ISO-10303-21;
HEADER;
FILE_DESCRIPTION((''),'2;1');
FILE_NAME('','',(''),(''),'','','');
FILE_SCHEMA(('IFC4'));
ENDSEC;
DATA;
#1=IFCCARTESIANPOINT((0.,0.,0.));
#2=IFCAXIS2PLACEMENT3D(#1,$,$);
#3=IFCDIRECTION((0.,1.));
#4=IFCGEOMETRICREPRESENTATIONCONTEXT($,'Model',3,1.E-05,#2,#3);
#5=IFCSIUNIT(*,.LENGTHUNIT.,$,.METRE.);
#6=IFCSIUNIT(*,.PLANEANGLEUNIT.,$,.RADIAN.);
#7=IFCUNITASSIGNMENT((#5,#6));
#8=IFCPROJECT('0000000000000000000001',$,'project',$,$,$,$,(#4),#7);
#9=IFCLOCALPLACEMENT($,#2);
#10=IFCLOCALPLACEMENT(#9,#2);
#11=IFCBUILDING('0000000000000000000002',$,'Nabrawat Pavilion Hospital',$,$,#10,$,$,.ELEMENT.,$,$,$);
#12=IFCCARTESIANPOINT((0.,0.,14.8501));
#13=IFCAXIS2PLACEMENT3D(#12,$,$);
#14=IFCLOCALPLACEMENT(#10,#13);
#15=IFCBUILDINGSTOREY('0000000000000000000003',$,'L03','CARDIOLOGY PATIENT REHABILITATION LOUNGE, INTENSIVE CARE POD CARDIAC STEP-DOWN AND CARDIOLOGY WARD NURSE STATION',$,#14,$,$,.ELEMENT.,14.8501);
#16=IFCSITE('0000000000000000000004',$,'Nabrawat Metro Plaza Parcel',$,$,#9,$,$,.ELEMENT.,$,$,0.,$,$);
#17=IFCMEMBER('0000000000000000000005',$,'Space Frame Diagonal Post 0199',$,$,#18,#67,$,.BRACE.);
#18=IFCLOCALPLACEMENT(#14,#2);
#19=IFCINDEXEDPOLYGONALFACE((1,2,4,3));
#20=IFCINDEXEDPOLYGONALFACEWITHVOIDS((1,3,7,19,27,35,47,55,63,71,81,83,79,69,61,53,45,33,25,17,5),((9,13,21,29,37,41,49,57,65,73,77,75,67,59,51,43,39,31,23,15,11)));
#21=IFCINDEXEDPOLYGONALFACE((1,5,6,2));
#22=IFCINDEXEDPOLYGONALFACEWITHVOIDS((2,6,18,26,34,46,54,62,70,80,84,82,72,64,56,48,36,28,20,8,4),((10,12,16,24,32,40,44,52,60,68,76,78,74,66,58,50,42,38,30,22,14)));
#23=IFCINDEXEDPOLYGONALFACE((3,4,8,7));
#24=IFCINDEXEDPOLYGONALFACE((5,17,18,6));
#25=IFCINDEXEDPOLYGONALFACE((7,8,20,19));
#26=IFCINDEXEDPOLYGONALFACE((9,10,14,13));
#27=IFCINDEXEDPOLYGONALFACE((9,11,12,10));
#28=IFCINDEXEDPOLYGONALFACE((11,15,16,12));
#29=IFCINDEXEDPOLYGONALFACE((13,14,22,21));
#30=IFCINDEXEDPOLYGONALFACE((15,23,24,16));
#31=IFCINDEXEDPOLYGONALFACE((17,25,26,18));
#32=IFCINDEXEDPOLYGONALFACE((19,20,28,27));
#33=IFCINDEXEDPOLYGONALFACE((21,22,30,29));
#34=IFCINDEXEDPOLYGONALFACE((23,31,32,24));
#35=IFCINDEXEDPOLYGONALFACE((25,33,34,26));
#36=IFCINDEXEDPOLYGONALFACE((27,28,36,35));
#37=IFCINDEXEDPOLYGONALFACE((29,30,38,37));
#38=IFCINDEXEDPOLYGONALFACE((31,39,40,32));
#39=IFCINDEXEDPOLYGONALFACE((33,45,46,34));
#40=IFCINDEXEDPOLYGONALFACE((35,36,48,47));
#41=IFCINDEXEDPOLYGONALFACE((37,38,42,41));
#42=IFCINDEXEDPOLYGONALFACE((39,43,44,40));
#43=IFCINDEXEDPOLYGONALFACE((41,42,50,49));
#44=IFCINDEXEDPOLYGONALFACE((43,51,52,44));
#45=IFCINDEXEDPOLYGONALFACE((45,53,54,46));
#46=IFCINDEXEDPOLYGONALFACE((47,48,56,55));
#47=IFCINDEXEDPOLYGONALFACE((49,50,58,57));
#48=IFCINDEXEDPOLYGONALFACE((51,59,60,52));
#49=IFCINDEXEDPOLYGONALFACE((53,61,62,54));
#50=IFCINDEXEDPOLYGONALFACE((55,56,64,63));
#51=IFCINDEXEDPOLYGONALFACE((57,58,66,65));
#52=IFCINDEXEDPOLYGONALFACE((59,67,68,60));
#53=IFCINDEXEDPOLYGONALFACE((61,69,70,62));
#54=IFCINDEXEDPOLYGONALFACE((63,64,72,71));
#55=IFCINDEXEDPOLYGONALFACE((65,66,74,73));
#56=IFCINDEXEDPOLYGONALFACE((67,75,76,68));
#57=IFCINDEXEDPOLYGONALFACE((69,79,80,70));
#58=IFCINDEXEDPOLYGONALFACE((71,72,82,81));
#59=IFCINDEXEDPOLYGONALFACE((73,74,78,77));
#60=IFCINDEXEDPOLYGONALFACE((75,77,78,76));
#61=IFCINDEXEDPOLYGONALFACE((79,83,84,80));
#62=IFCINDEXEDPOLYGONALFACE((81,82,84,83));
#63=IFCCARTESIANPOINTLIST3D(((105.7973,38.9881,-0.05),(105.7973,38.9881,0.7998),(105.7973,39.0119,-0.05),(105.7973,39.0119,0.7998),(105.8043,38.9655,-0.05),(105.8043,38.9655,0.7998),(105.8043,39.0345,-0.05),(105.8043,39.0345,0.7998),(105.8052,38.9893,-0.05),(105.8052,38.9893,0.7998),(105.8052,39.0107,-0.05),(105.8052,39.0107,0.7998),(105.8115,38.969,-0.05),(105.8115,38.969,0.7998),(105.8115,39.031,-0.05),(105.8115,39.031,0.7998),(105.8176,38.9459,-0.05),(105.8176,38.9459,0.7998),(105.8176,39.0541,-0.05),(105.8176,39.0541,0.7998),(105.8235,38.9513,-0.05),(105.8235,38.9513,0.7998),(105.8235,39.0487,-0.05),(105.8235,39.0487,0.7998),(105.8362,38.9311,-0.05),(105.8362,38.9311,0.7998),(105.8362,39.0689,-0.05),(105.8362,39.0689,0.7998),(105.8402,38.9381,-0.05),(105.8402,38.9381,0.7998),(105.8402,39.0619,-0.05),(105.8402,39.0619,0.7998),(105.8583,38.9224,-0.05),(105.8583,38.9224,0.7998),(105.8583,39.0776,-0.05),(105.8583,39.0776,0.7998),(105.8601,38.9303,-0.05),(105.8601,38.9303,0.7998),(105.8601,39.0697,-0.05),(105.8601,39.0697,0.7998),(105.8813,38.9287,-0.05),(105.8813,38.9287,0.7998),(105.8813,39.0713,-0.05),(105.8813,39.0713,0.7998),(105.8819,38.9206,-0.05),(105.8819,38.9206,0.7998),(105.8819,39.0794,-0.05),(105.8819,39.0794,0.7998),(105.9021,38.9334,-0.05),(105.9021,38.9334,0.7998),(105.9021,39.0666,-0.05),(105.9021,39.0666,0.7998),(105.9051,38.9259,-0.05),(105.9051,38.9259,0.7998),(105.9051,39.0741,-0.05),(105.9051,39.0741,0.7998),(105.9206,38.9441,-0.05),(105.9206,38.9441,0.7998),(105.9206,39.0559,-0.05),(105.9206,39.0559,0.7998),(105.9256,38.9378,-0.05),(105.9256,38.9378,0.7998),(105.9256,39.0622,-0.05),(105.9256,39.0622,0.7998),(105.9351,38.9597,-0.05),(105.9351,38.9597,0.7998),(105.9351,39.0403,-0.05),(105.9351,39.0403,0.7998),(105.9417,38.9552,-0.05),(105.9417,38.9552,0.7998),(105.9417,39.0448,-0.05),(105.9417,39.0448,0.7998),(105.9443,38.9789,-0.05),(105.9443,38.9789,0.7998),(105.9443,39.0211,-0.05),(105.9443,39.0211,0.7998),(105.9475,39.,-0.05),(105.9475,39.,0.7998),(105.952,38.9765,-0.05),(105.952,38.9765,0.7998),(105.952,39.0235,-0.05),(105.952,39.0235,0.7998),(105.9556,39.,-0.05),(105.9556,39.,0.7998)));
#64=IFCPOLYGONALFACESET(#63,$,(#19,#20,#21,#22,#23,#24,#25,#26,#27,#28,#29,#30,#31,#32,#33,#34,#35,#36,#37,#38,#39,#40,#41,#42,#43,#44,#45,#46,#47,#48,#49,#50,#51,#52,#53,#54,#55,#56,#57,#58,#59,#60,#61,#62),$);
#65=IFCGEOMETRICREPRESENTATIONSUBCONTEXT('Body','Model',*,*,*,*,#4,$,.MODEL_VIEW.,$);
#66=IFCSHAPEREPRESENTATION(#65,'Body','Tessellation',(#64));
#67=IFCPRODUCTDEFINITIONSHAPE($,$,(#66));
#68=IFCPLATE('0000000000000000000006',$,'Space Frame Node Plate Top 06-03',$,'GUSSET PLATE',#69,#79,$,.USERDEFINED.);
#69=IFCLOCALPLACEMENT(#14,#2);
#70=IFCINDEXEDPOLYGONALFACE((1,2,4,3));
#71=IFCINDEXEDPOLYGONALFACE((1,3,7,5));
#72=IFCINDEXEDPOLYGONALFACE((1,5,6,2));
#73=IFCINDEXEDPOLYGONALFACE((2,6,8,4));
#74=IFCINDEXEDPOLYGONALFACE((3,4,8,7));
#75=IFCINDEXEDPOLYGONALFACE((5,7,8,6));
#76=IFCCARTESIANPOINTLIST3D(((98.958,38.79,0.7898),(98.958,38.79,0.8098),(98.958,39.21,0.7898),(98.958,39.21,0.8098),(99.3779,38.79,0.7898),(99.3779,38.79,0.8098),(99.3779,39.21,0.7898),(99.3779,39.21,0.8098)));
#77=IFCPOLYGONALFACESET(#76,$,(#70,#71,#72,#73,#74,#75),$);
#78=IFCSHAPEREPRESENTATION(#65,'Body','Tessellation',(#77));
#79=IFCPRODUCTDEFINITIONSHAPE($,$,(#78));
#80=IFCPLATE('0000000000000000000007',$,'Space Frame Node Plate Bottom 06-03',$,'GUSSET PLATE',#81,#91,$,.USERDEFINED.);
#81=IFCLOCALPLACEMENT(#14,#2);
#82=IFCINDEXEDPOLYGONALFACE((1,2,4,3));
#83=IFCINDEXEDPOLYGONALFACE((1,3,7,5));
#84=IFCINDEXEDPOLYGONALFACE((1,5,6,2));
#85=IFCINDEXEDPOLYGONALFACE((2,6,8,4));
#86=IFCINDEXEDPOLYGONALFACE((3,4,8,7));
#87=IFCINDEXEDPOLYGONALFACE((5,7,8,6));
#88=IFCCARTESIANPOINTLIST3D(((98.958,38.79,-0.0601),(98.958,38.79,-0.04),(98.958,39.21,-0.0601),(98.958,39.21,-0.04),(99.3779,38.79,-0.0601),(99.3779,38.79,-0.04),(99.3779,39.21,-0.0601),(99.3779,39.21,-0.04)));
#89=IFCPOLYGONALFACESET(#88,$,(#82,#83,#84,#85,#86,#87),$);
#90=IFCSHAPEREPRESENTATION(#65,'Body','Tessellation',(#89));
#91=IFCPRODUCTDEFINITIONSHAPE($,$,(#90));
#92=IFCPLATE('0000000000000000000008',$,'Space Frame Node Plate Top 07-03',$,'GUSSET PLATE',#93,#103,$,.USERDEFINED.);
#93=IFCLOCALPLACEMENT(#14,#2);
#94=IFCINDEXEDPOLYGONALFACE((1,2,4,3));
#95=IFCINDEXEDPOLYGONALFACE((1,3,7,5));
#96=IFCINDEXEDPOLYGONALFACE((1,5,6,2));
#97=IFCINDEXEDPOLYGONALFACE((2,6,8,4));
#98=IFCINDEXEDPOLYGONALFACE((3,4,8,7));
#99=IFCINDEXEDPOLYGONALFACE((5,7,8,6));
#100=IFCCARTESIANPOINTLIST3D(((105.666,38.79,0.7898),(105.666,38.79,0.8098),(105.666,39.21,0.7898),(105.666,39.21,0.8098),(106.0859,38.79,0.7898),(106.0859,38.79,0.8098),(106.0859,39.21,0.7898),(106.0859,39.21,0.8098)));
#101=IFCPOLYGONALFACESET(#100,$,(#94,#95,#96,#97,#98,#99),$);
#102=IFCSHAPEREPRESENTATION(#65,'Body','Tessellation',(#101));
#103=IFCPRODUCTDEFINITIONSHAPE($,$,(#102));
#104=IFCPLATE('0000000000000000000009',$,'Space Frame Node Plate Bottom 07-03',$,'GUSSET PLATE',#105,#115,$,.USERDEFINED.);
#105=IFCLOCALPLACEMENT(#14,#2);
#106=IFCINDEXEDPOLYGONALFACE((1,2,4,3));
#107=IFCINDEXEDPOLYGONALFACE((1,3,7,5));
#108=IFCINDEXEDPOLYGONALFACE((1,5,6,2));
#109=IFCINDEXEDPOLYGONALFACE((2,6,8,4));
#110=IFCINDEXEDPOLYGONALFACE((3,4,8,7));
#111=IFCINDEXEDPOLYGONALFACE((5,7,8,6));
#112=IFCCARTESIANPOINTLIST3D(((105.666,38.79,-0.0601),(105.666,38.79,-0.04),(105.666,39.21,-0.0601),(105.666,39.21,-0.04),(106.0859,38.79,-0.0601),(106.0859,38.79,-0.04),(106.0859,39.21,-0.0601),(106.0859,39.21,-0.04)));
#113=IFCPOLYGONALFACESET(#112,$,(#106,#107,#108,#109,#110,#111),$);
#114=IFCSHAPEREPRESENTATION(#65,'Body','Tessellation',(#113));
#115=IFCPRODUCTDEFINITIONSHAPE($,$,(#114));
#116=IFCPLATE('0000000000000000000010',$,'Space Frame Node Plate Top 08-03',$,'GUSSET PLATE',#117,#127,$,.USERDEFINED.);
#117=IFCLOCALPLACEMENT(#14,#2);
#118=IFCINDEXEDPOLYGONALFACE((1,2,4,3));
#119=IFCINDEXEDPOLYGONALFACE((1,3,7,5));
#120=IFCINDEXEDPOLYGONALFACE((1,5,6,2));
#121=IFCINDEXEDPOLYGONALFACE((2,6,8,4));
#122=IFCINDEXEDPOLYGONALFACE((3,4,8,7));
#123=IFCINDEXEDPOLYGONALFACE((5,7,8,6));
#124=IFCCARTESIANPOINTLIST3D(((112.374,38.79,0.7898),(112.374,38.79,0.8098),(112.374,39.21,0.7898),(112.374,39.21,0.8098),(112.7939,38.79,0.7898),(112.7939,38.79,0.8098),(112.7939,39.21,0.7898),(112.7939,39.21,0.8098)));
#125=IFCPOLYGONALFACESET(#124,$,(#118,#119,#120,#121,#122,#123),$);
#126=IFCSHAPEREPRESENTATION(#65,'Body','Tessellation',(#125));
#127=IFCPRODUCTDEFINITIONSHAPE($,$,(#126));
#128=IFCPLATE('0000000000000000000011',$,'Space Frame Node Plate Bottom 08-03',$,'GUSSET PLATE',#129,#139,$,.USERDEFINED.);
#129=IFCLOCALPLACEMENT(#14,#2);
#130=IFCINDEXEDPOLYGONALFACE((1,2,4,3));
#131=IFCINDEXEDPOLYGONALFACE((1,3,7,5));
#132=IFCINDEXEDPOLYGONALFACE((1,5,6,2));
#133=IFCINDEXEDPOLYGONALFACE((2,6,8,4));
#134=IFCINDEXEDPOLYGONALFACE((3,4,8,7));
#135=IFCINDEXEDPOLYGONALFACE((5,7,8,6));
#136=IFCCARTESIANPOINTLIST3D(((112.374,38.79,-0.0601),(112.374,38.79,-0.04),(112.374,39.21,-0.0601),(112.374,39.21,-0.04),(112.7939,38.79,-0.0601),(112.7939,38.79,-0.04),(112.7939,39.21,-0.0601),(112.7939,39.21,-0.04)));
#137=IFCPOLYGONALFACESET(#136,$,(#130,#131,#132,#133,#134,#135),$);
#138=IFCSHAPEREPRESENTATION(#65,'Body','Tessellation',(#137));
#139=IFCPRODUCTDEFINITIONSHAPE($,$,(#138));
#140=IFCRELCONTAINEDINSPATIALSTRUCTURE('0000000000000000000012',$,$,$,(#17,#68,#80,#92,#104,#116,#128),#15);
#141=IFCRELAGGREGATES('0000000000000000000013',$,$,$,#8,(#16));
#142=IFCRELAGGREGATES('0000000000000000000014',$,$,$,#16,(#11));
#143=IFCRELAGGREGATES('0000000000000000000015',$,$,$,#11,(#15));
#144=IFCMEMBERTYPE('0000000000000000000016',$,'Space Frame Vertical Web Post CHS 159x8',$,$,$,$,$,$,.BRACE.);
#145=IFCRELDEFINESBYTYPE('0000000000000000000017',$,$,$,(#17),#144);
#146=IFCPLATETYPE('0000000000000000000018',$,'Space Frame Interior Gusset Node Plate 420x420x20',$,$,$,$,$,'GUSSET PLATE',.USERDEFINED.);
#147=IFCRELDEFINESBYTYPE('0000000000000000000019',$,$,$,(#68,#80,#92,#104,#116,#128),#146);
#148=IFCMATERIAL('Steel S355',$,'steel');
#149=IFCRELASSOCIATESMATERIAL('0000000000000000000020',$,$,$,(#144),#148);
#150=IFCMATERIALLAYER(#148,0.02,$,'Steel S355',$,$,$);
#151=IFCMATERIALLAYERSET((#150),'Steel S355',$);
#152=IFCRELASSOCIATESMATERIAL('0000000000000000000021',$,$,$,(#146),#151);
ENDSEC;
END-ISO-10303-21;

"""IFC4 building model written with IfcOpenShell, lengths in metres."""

from ifc_helpers import new_model, si_unit, direction, frame, origin, origin_2d, place, context, subcontext, project, spatial, rectangle, hollow_circle, extrude, material, layer, layer_set, material_profile, profile_set, type_object, element, save


model = new_model("IFC4")

# Units and contexts
model_context = context("Model", 3, precision=1e-05, world=origin(), true_north=direction((0.0, 1.0)))
body_context = subcontext(model_context, "Body", "Model", "MODEL_VIEW")
ifc_project = project(units=[si_unit("LENGTHUNIT", "METRE"), si_unit("PLANEANGLEUNIT", "RADIAN")], contexts=[model_context])

# Site, building, storey
site_placement = place(None, origin())
site = spatial("IfcSite", under=ifc_project, at=site_placement, Name="Nabrawat Metro Plaza Parcel", CompositionType="ELEMENT", RefElevation=0.0)
building_placement = place(site_placement, origin())
building = spatial("IfcBuilding", under=site, at=building_placement, Name="Nabrawat Pavilion Hospital", CompositionType="ELEMENT")
storey_placement = place(building_placement, frame((0.0, 0.0, 14.8501)))
storey = spatial("IfcBuildingStorey", under=building, at=storey_placement, Name="L03", Description="CARDIOLOGY PATIENT REHABILITATION LOUNGE, INTENSIVE CARE POD CARDIAC STEP-DOWN AND CARDIOLOGY WARD NURSE STATION", CompositionType="ELEMENT", Elevation=14.8501)

# Shared definitions
ifc_material = material(Name="Steel S355", Category="steel")

# Member
ifc_material_profile_1 = material_profile(ifc_material, hollow_circle(Radius=0.0796, WallThickness=0.0081, at=origin_2d()), Name="CHS 159x8")
ifc_profile_set_1 = profile_set([ifc_material_profile_1], Name="Steel S355")
member_type_1 = type_object("IfcMemberType", Name="Space Frame Vertical Web Post CHS 159x8", PredefinedType="BRACE", material=ifc_profile_set_1)
for number, where, z_axis, x_axis, name in (
    (1, (105.876, 39.0, -0.05), (0.0, 0.0, 1.0), (1.0, 0.0, 0.0), "Space Frame Diagonal Post 0199"),
):
    element("IfcMember", number, at=place(storey_placement, frame(where, z_axis=z_axis, x_axis=x_axis)), inside=storey, type_object=member_type_1, Name=name, PredefinedType="BRACE", context=body_context, shape_type="SweptSolid", body=[
        extrude(hollow_circle(Radius=0.0796, WallThickness=0.0081, at=origin_2d()), origin(), (0.0, 0.0, 1.0), 0.8499),
    ])

# Plates
ifc_layer = layer(ifc_material, 0.02, Name="Steel S355")
ifc_layer_set = layer_set([ifc_layer], Name="Steel S355")
plate_type = type_object("IfcPlateType", Name="Space Frame Interior Gusset Node Plate 420x420x20", ElementType="GUSSET PLATE", PredefinedType="USERDEFINED", material=ifc_layer_set)
for number, where, z_axis, x_axis, name in (
    (2, (99.168, 39.0, 0.7898), (0.0, 0.0, 1.0), (1.0, 0.0, 0.0), "Space Frame Node Plate Top 06-03"),
    (3, (99.168, 39.0, -0.0601), (0.0, 0.0, 1.0), (1.0, 0.0, 0.0), "Space Frame Node Plate Bottom 06-03"),
    (4, (105.876, 39.0, 0.7898), (0.0, 0.0, 1.0), (1.0, 0.0, 0.0), "Space Frame Node Plate Top 07-03"),
    (5, (105.876, 39.0, -0.0601), (0.0, 0.0, 1.0), (1.0, 0.0, 0.0), "Space Frame Node Plate Bottom 07-03"),
    (6, (112.584, 39.0, 0.7898), (0.0, 0.0, 1.0), (1.0, 0.0, 0.0), "Space Frame Node Plate Top 08-03"),
    (7, (112.584, 39.0, -0.0601), (0.0, 0.0, 1.0), (1.0, 0.0, 0.0), "Space Frame Node Plate Bottom 08-03"),
):
    element("IfcPlate", number, at=place(storey_placement, frame(where, z_axis=z_axis, x_axis=x_axis)), inside=storey, type_object=plate_type, Name=name, ObjectType="GUSSET PLATE", PredefinedType="USERDEFINED", context=body_context, shape_type="SweptSolid", body=[
        extrude(rectangle(XDim=0.4199, YDim=0.4199, at=origin_2d()), origin(), (0.0, 0.0, 1.0), 0.02),
    ])

save(model, "model.ifc")
